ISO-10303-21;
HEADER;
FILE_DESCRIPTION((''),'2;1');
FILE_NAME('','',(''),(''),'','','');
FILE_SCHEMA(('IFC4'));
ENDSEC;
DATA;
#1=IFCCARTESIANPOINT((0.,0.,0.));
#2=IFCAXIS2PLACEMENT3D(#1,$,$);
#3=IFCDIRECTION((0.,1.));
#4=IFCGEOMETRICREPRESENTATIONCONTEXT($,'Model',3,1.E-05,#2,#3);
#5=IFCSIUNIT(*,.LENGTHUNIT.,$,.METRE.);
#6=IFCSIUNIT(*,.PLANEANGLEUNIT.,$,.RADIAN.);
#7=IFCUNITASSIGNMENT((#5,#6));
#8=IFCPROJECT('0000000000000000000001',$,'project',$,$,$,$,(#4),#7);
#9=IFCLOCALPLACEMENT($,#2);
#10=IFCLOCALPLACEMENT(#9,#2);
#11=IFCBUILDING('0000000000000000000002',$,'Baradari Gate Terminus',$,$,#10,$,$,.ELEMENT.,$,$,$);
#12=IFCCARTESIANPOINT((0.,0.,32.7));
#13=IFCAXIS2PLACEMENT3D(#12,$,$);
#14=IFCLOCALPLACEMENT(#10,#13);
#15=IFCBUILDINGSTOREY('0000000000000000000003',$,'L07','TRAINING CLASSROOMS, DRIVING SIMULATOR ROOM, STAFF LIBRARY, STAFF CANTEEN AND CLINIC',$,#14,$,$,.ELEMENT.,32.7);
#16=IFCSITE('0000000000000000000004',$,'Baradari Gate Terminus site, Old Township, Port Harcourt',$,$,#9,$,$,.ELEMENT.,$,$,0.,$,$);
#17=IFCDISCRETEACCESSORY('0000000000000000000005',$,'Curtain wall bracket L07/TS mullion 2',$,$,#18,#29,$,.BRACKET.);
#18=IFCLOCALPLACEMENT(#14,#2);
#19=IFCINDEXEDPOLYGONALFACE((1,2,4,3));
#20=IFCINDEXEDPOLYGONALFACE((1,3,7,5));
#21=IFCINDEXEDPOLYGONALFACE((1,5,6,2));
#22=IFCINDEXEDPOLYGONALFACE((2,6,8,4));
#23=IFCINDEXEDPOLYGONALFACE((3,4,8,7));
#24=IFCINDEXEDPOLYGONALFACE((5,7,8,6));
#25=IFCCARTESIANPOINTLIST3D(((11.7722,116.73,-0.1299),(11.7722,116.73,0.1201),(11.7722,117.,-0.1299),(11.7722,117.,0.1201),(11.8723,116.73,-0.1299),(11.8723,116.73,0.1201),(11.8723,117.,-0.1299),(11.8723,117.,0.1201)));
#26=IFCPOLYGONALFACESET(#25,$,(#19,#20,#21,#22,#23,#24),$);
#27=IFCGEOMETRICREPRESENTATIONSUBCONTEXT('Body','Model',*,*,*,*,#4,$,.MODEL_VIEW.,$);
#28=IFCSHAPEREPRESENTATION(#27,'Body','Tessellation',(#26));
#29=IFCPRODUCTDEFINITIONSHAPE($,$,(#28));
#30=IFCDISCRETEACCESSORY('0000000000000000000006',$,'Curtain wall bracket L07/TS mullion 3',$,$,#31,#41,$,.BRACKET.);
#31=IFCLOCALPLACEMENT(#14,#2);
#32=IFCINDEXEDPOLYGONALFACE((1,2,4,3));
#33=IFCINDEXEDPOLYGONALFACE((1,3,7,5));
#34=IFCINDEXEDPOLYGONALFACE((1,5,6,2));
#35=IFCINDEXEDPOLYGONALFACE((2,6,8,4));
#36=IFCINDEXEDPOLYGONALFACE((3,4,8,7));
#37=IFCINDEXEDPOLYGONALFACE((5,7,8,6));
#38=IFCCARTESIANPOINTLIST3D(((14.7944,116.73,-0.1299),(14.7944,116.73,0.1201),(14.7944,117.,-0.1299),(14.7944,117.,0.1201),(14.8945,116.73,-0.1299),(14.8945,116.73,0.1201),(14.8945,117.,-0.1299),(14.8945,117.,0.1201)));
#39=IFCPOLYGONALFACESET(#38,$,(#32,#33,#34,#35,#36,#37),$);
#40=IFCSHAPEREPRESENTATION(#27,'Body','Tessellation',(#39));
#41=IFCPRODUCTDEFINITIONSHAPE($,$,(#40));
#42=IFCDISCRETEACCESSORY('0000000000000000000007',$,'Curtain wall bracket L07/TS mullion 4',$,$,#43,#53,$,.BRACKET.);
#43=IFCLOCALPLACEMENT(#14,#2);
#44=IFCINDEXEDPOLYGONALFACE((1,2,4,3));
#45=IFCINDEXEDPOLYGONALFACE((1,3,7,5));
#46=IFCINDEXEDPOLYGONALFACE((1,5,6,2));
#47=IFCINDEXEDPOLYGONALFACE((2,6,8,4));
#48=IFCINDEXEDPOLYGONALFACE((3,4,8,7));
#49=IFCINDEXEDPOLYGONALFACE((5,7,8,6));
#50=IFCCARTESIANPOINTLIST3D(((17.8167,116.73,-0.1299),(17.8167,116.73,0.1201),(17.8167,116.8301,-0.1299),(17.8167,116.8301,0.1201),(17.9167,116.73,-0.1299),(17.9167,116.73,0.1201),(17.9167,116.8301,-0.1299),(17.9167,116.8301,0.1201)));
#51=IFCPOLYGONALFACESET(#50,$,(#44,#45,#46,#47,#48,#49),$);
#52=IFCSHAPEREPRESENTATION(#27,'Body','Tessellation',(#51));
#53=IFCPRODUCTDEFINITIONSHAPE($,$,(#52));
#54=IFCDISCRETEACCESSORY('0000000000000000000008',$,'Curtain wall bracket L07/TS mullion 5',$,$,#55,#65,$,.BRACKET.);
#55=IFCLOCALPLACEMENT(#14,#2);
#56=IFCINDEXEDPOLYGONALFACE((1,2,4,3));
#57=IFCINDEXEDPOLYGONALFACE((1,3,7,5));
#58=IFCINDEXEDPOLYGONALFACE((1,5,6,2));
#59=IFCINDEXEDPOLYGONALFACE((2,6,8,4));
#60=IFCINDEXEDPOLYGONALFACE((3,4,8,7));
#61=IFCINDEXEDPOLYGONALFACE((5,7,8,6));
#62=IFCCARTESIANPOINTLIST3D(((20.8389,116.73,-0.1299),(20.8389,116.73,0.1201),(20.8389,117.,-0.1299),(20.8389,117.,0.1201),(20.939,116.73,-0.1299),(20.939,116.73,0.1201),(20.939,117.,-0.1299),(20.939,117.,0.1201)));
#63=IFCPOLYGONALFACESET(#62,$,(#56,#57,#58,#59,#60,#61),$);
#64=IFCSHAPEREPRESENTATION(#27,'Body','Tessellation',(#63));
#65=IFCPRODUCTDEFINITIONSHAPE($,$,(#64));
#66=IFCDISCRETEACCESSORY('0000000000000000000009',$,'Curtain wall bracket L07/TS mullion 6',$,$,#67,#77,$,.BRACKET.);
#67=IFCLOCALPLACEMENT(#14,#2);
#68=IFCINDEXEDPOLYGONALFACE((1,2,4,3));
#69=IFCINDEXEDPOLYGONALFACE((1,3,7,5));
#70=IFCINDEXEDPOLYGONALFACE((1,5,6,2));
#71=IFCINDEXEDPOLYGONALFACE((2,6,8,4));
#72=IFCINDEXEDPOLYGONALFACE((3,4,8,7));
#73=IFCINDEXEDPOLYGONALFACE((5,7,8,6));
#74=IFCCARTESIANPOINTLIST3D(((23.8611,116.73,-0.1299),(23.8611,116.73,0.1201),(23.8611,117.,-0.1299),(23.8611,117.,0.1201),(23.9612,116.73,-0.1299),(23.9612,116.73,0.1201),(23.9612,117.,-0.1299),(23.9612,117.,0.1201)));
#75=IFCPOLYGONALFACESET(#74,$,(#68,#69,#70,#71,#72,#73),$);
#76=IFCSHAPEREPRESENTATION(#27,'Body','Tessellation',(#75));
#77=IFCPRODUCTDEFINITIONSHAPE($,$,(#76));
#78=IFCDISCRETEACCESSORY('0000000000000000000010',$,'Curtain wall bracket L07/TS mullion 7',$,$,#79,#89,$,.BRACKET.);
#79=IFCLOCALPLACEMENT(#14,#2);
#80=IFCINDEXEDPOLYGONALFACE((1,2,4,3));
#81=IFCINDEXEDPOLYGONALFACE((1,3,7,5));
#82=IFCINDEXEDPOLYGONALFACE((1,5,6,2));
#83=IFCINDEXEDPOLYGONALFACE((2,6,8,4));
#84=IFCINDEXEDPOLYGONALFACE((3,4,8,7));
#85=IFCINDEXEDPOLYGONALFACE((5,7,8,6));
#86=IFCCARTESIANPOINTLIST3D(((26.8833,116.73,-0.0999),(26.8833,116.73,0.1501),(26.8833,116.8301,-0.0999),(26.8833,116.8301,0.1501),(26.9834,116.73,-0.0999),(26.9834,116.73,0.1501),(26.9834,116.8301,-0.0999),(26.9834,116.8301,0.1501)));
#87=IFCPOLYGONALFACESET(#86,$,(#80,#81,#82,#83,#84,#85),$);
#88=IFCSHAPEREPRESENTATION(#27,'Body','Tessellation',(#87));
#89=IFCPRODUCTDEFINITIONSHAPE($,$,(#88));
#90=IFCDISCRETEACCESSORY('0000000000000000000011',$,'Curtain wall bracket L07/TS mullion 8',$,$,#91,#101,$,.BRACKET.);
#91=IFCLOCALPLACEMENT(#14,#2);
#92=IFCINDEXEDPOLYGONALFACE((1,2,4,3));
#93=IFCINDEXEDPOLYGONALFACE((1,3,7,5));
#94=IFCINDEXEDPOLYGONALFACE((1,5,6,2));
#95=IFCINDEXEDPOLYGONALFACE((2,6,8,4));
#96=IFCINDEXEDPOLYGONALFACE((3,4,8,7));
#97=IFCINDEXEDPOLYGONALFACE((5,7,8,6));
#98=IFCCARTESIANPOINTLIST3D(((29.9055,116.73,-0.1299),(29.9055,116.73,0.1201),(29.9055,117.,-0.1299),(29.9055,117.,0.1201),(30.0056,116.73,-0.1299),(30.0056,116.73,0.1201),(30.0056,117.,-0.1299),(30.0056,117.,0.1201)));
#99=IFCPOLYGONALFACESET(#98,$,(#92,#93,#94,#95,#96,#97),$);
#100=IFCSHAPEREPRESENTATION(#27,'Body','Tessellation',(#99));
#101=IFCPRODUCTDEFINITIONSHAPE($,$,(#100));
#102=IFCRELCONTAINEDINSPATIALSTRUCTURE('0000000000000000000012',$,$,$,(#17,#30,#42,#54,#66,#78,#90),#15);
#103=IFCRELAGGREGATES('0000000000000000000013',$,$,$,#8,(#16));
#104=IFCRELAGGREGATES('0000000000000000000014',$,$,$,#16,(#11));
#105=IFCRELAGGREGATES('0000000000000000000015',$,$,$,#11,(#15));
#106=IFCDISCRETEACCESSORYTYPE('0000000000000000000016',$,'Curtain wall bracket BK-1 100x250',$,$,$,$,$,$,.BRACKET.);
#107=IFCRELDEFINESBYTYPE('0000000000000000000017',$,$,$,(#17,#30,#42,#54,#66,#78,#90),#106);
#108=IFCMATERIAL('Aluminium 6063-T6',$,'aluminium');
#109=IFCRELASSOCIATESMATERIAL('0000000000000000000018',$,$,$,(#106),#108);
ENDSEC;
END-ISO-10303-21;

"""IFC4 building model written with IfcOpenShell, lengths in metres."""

from ifc_helpers import new_model, si_unit, direction, frame, origin, origin_2d, place, context, subcontext, project, spatial, rectangle, extrude, material, type_object, element, save


model = new_model("IFC4")

# Units and contexts
model_context = context("Model", 3, precision=1e-05, world=origin(), true_north=direction((0.0, 1.0)))
body_context = subcontext(model_context, "Body", "Model", "MODEL_VIEW")
ifc_project = project(units=[si_unit("LENGTHUNIT", "METRE"), si_unit("PLANEANGLEUNIT", "RADIAN")], contexts=[model_context])

# Site, building, storey
site_placement = place(None, origin())
site = spatial("IfcSite", under=ifc_project, at=site_placement, Name="Baradari Gate Terminus site, Old Township, Port Harcourt", CompositionType="ELEMENT", RefElevation=0.0)
building_placement = place(site_placement, origin())
building = spatial("IfcBuilding", under=site, at=building_placement, Name="Baradari Gate Terminus", CompositionType="ELEMENT")
storey_placement = place(building_placement, frame((0.0, 0.0, 32.7)))
storey = spatial("IfcBuildingStorey", under=building, at=storey_placement, Name="L07", Description="TRAINING CLASSROOMS, DRIVING SIMULATOR ROOM, STAFF LIBRARY, STAFF CANTEEN AND CLINIC", CompositionType="ELEMENT", Elevation=32.7)

# Discrete accessories
ifc_material_1 = material(Name="Aluminium 6063-T6", Category="aluminium")
discrete_accessory_type = type_object("IfcDiscreteAccessoryType", Name="Curtain wall bracket BK-1 100x250", PredefinedType="BRACKET", material=ifc_material_1)
for number, where, z_axis, x_axis, name in (
    (1, (11.8223, 116.865, -0.1299), (0.0, 0.0, 1.0), (0.0, -1.0, 0.0), "Curtain wall bracket L07/TS mullion 2"),
    (2, (14.8445, 116.865, -0.1299), (0.0, 0.0, 1.0), (0.0, -1.0, 0.0), "Curtain wall bracket L07/TS mullion 3"),
):
    element("IfcDiscreteAccessory", number, at=place(storey_placement, frame(where, z_axis=z_axis, x_axis=x_axis)), inside=storey, type_object=discrete_accessory_type, Name=name, PredefinedType="BRACKET", context=body_context, shape_type="SweptSolid", body=[
        extrude(rectangle(XDim=0.27, YDim=0.1001, at=origin_2d()), origin(), (0.0, 0.0, 1.0), 0.25),
    ])
discrete_accessory_1_placement = place(storey_placement, frame((17.8667, 116.78, -0.1299), z_axis=(0.0, 0.0, 1.0), x_axis=(0.0, -1.0, 0.0)))
element("IfcDiscreteAccessory", 3, at=discrete_accessory_1_placement, inside=storey, type_object=discrete_accessory_type, Name="Curtain wall bracket L07/TS mullion 4", PredefinedType="BRACKET", context=body_context, shape_type="SweptSolid", body=[
    extrude(rectangle(XDim=0.1001, YDim=0.1001, at=origin_2d()), origin(), (0.0, 0.0, 1.0), 0.25),
])
for number, where, z_axis, x_axis, name in (
    (4, (20.8889, 116.865, -0.1299), (0.0, 0.0, 1.0), (0.0, -1.0, 0.0), "Curtain wall bracket L07/TS mullion 5"),
    (5, (23.9111, 116.865, -0.1299), (0.0, 0.0, 1.0), (0.0, -1.0, 0.0), "Curtain wall bracket L07/TS mullion 6"),
):
    element("IfcDiscreteAccessory", number, at=place(storey_placement, frame(where, z_axis=z_axis, x_axis=x_axis)), inside=storey, type_object=discrete_accessory_type, Name=name, PredefinedType="BRACKET", context=body_context, shape_type="SweptSolid", body=[
        extrude(rectangle(XDim=0.27, YDim=0.1001, at=origin_2d()), origin(), (0.0, 0.0, 1.0), 0.25),
    ])
discrete_accessory_2_placement = place(storey_placement, frame((26.9333, 116.78, -0.0999), z_axis=(0.0, 0.0, 1.0), x_axis=(0.0, -1.0, 0.0)))
element("IfcDiscreteAccessory", 6, at=discrete_accessory_2_placement, inside=storey, type_object=discrete_accessory_type, Name="Curtain wall bracket L07/TS mullion 7", PredefinedType="BRACKET", context=body_context, shape_type="SweptSolid", body=[
    extrude(rectangle(XDim=0.1001, YDim=0.1001, at=origin_2d()), origin(), (0.0, 0.0, 1.0), 0.25),
])
discrete_accessory_3_placement = place(storey_placement, frame((29.9556, 116.865, -0.1299), z_axis=(0.0, 0.0, 1.0), x_axis=(0.0, -1.0, 0.0)))
element("IfcDiscreteAccessory", 7, at=discrete_accessory_3_placement, inside=storey, type_object=discrete_accessory_type, Name="Curtain wall bracket L07/TS mullion 8", PredefinedType="BRACKET", context=body_context, shape_type="SweptSolid", body=[
    extrude(rectangle(XDim=0.27, YDim=0.1001, at=origin_2d()), origin(), (0.0, 0.0, 1.0), 0.25),
])

save(model, "model.ifc")
